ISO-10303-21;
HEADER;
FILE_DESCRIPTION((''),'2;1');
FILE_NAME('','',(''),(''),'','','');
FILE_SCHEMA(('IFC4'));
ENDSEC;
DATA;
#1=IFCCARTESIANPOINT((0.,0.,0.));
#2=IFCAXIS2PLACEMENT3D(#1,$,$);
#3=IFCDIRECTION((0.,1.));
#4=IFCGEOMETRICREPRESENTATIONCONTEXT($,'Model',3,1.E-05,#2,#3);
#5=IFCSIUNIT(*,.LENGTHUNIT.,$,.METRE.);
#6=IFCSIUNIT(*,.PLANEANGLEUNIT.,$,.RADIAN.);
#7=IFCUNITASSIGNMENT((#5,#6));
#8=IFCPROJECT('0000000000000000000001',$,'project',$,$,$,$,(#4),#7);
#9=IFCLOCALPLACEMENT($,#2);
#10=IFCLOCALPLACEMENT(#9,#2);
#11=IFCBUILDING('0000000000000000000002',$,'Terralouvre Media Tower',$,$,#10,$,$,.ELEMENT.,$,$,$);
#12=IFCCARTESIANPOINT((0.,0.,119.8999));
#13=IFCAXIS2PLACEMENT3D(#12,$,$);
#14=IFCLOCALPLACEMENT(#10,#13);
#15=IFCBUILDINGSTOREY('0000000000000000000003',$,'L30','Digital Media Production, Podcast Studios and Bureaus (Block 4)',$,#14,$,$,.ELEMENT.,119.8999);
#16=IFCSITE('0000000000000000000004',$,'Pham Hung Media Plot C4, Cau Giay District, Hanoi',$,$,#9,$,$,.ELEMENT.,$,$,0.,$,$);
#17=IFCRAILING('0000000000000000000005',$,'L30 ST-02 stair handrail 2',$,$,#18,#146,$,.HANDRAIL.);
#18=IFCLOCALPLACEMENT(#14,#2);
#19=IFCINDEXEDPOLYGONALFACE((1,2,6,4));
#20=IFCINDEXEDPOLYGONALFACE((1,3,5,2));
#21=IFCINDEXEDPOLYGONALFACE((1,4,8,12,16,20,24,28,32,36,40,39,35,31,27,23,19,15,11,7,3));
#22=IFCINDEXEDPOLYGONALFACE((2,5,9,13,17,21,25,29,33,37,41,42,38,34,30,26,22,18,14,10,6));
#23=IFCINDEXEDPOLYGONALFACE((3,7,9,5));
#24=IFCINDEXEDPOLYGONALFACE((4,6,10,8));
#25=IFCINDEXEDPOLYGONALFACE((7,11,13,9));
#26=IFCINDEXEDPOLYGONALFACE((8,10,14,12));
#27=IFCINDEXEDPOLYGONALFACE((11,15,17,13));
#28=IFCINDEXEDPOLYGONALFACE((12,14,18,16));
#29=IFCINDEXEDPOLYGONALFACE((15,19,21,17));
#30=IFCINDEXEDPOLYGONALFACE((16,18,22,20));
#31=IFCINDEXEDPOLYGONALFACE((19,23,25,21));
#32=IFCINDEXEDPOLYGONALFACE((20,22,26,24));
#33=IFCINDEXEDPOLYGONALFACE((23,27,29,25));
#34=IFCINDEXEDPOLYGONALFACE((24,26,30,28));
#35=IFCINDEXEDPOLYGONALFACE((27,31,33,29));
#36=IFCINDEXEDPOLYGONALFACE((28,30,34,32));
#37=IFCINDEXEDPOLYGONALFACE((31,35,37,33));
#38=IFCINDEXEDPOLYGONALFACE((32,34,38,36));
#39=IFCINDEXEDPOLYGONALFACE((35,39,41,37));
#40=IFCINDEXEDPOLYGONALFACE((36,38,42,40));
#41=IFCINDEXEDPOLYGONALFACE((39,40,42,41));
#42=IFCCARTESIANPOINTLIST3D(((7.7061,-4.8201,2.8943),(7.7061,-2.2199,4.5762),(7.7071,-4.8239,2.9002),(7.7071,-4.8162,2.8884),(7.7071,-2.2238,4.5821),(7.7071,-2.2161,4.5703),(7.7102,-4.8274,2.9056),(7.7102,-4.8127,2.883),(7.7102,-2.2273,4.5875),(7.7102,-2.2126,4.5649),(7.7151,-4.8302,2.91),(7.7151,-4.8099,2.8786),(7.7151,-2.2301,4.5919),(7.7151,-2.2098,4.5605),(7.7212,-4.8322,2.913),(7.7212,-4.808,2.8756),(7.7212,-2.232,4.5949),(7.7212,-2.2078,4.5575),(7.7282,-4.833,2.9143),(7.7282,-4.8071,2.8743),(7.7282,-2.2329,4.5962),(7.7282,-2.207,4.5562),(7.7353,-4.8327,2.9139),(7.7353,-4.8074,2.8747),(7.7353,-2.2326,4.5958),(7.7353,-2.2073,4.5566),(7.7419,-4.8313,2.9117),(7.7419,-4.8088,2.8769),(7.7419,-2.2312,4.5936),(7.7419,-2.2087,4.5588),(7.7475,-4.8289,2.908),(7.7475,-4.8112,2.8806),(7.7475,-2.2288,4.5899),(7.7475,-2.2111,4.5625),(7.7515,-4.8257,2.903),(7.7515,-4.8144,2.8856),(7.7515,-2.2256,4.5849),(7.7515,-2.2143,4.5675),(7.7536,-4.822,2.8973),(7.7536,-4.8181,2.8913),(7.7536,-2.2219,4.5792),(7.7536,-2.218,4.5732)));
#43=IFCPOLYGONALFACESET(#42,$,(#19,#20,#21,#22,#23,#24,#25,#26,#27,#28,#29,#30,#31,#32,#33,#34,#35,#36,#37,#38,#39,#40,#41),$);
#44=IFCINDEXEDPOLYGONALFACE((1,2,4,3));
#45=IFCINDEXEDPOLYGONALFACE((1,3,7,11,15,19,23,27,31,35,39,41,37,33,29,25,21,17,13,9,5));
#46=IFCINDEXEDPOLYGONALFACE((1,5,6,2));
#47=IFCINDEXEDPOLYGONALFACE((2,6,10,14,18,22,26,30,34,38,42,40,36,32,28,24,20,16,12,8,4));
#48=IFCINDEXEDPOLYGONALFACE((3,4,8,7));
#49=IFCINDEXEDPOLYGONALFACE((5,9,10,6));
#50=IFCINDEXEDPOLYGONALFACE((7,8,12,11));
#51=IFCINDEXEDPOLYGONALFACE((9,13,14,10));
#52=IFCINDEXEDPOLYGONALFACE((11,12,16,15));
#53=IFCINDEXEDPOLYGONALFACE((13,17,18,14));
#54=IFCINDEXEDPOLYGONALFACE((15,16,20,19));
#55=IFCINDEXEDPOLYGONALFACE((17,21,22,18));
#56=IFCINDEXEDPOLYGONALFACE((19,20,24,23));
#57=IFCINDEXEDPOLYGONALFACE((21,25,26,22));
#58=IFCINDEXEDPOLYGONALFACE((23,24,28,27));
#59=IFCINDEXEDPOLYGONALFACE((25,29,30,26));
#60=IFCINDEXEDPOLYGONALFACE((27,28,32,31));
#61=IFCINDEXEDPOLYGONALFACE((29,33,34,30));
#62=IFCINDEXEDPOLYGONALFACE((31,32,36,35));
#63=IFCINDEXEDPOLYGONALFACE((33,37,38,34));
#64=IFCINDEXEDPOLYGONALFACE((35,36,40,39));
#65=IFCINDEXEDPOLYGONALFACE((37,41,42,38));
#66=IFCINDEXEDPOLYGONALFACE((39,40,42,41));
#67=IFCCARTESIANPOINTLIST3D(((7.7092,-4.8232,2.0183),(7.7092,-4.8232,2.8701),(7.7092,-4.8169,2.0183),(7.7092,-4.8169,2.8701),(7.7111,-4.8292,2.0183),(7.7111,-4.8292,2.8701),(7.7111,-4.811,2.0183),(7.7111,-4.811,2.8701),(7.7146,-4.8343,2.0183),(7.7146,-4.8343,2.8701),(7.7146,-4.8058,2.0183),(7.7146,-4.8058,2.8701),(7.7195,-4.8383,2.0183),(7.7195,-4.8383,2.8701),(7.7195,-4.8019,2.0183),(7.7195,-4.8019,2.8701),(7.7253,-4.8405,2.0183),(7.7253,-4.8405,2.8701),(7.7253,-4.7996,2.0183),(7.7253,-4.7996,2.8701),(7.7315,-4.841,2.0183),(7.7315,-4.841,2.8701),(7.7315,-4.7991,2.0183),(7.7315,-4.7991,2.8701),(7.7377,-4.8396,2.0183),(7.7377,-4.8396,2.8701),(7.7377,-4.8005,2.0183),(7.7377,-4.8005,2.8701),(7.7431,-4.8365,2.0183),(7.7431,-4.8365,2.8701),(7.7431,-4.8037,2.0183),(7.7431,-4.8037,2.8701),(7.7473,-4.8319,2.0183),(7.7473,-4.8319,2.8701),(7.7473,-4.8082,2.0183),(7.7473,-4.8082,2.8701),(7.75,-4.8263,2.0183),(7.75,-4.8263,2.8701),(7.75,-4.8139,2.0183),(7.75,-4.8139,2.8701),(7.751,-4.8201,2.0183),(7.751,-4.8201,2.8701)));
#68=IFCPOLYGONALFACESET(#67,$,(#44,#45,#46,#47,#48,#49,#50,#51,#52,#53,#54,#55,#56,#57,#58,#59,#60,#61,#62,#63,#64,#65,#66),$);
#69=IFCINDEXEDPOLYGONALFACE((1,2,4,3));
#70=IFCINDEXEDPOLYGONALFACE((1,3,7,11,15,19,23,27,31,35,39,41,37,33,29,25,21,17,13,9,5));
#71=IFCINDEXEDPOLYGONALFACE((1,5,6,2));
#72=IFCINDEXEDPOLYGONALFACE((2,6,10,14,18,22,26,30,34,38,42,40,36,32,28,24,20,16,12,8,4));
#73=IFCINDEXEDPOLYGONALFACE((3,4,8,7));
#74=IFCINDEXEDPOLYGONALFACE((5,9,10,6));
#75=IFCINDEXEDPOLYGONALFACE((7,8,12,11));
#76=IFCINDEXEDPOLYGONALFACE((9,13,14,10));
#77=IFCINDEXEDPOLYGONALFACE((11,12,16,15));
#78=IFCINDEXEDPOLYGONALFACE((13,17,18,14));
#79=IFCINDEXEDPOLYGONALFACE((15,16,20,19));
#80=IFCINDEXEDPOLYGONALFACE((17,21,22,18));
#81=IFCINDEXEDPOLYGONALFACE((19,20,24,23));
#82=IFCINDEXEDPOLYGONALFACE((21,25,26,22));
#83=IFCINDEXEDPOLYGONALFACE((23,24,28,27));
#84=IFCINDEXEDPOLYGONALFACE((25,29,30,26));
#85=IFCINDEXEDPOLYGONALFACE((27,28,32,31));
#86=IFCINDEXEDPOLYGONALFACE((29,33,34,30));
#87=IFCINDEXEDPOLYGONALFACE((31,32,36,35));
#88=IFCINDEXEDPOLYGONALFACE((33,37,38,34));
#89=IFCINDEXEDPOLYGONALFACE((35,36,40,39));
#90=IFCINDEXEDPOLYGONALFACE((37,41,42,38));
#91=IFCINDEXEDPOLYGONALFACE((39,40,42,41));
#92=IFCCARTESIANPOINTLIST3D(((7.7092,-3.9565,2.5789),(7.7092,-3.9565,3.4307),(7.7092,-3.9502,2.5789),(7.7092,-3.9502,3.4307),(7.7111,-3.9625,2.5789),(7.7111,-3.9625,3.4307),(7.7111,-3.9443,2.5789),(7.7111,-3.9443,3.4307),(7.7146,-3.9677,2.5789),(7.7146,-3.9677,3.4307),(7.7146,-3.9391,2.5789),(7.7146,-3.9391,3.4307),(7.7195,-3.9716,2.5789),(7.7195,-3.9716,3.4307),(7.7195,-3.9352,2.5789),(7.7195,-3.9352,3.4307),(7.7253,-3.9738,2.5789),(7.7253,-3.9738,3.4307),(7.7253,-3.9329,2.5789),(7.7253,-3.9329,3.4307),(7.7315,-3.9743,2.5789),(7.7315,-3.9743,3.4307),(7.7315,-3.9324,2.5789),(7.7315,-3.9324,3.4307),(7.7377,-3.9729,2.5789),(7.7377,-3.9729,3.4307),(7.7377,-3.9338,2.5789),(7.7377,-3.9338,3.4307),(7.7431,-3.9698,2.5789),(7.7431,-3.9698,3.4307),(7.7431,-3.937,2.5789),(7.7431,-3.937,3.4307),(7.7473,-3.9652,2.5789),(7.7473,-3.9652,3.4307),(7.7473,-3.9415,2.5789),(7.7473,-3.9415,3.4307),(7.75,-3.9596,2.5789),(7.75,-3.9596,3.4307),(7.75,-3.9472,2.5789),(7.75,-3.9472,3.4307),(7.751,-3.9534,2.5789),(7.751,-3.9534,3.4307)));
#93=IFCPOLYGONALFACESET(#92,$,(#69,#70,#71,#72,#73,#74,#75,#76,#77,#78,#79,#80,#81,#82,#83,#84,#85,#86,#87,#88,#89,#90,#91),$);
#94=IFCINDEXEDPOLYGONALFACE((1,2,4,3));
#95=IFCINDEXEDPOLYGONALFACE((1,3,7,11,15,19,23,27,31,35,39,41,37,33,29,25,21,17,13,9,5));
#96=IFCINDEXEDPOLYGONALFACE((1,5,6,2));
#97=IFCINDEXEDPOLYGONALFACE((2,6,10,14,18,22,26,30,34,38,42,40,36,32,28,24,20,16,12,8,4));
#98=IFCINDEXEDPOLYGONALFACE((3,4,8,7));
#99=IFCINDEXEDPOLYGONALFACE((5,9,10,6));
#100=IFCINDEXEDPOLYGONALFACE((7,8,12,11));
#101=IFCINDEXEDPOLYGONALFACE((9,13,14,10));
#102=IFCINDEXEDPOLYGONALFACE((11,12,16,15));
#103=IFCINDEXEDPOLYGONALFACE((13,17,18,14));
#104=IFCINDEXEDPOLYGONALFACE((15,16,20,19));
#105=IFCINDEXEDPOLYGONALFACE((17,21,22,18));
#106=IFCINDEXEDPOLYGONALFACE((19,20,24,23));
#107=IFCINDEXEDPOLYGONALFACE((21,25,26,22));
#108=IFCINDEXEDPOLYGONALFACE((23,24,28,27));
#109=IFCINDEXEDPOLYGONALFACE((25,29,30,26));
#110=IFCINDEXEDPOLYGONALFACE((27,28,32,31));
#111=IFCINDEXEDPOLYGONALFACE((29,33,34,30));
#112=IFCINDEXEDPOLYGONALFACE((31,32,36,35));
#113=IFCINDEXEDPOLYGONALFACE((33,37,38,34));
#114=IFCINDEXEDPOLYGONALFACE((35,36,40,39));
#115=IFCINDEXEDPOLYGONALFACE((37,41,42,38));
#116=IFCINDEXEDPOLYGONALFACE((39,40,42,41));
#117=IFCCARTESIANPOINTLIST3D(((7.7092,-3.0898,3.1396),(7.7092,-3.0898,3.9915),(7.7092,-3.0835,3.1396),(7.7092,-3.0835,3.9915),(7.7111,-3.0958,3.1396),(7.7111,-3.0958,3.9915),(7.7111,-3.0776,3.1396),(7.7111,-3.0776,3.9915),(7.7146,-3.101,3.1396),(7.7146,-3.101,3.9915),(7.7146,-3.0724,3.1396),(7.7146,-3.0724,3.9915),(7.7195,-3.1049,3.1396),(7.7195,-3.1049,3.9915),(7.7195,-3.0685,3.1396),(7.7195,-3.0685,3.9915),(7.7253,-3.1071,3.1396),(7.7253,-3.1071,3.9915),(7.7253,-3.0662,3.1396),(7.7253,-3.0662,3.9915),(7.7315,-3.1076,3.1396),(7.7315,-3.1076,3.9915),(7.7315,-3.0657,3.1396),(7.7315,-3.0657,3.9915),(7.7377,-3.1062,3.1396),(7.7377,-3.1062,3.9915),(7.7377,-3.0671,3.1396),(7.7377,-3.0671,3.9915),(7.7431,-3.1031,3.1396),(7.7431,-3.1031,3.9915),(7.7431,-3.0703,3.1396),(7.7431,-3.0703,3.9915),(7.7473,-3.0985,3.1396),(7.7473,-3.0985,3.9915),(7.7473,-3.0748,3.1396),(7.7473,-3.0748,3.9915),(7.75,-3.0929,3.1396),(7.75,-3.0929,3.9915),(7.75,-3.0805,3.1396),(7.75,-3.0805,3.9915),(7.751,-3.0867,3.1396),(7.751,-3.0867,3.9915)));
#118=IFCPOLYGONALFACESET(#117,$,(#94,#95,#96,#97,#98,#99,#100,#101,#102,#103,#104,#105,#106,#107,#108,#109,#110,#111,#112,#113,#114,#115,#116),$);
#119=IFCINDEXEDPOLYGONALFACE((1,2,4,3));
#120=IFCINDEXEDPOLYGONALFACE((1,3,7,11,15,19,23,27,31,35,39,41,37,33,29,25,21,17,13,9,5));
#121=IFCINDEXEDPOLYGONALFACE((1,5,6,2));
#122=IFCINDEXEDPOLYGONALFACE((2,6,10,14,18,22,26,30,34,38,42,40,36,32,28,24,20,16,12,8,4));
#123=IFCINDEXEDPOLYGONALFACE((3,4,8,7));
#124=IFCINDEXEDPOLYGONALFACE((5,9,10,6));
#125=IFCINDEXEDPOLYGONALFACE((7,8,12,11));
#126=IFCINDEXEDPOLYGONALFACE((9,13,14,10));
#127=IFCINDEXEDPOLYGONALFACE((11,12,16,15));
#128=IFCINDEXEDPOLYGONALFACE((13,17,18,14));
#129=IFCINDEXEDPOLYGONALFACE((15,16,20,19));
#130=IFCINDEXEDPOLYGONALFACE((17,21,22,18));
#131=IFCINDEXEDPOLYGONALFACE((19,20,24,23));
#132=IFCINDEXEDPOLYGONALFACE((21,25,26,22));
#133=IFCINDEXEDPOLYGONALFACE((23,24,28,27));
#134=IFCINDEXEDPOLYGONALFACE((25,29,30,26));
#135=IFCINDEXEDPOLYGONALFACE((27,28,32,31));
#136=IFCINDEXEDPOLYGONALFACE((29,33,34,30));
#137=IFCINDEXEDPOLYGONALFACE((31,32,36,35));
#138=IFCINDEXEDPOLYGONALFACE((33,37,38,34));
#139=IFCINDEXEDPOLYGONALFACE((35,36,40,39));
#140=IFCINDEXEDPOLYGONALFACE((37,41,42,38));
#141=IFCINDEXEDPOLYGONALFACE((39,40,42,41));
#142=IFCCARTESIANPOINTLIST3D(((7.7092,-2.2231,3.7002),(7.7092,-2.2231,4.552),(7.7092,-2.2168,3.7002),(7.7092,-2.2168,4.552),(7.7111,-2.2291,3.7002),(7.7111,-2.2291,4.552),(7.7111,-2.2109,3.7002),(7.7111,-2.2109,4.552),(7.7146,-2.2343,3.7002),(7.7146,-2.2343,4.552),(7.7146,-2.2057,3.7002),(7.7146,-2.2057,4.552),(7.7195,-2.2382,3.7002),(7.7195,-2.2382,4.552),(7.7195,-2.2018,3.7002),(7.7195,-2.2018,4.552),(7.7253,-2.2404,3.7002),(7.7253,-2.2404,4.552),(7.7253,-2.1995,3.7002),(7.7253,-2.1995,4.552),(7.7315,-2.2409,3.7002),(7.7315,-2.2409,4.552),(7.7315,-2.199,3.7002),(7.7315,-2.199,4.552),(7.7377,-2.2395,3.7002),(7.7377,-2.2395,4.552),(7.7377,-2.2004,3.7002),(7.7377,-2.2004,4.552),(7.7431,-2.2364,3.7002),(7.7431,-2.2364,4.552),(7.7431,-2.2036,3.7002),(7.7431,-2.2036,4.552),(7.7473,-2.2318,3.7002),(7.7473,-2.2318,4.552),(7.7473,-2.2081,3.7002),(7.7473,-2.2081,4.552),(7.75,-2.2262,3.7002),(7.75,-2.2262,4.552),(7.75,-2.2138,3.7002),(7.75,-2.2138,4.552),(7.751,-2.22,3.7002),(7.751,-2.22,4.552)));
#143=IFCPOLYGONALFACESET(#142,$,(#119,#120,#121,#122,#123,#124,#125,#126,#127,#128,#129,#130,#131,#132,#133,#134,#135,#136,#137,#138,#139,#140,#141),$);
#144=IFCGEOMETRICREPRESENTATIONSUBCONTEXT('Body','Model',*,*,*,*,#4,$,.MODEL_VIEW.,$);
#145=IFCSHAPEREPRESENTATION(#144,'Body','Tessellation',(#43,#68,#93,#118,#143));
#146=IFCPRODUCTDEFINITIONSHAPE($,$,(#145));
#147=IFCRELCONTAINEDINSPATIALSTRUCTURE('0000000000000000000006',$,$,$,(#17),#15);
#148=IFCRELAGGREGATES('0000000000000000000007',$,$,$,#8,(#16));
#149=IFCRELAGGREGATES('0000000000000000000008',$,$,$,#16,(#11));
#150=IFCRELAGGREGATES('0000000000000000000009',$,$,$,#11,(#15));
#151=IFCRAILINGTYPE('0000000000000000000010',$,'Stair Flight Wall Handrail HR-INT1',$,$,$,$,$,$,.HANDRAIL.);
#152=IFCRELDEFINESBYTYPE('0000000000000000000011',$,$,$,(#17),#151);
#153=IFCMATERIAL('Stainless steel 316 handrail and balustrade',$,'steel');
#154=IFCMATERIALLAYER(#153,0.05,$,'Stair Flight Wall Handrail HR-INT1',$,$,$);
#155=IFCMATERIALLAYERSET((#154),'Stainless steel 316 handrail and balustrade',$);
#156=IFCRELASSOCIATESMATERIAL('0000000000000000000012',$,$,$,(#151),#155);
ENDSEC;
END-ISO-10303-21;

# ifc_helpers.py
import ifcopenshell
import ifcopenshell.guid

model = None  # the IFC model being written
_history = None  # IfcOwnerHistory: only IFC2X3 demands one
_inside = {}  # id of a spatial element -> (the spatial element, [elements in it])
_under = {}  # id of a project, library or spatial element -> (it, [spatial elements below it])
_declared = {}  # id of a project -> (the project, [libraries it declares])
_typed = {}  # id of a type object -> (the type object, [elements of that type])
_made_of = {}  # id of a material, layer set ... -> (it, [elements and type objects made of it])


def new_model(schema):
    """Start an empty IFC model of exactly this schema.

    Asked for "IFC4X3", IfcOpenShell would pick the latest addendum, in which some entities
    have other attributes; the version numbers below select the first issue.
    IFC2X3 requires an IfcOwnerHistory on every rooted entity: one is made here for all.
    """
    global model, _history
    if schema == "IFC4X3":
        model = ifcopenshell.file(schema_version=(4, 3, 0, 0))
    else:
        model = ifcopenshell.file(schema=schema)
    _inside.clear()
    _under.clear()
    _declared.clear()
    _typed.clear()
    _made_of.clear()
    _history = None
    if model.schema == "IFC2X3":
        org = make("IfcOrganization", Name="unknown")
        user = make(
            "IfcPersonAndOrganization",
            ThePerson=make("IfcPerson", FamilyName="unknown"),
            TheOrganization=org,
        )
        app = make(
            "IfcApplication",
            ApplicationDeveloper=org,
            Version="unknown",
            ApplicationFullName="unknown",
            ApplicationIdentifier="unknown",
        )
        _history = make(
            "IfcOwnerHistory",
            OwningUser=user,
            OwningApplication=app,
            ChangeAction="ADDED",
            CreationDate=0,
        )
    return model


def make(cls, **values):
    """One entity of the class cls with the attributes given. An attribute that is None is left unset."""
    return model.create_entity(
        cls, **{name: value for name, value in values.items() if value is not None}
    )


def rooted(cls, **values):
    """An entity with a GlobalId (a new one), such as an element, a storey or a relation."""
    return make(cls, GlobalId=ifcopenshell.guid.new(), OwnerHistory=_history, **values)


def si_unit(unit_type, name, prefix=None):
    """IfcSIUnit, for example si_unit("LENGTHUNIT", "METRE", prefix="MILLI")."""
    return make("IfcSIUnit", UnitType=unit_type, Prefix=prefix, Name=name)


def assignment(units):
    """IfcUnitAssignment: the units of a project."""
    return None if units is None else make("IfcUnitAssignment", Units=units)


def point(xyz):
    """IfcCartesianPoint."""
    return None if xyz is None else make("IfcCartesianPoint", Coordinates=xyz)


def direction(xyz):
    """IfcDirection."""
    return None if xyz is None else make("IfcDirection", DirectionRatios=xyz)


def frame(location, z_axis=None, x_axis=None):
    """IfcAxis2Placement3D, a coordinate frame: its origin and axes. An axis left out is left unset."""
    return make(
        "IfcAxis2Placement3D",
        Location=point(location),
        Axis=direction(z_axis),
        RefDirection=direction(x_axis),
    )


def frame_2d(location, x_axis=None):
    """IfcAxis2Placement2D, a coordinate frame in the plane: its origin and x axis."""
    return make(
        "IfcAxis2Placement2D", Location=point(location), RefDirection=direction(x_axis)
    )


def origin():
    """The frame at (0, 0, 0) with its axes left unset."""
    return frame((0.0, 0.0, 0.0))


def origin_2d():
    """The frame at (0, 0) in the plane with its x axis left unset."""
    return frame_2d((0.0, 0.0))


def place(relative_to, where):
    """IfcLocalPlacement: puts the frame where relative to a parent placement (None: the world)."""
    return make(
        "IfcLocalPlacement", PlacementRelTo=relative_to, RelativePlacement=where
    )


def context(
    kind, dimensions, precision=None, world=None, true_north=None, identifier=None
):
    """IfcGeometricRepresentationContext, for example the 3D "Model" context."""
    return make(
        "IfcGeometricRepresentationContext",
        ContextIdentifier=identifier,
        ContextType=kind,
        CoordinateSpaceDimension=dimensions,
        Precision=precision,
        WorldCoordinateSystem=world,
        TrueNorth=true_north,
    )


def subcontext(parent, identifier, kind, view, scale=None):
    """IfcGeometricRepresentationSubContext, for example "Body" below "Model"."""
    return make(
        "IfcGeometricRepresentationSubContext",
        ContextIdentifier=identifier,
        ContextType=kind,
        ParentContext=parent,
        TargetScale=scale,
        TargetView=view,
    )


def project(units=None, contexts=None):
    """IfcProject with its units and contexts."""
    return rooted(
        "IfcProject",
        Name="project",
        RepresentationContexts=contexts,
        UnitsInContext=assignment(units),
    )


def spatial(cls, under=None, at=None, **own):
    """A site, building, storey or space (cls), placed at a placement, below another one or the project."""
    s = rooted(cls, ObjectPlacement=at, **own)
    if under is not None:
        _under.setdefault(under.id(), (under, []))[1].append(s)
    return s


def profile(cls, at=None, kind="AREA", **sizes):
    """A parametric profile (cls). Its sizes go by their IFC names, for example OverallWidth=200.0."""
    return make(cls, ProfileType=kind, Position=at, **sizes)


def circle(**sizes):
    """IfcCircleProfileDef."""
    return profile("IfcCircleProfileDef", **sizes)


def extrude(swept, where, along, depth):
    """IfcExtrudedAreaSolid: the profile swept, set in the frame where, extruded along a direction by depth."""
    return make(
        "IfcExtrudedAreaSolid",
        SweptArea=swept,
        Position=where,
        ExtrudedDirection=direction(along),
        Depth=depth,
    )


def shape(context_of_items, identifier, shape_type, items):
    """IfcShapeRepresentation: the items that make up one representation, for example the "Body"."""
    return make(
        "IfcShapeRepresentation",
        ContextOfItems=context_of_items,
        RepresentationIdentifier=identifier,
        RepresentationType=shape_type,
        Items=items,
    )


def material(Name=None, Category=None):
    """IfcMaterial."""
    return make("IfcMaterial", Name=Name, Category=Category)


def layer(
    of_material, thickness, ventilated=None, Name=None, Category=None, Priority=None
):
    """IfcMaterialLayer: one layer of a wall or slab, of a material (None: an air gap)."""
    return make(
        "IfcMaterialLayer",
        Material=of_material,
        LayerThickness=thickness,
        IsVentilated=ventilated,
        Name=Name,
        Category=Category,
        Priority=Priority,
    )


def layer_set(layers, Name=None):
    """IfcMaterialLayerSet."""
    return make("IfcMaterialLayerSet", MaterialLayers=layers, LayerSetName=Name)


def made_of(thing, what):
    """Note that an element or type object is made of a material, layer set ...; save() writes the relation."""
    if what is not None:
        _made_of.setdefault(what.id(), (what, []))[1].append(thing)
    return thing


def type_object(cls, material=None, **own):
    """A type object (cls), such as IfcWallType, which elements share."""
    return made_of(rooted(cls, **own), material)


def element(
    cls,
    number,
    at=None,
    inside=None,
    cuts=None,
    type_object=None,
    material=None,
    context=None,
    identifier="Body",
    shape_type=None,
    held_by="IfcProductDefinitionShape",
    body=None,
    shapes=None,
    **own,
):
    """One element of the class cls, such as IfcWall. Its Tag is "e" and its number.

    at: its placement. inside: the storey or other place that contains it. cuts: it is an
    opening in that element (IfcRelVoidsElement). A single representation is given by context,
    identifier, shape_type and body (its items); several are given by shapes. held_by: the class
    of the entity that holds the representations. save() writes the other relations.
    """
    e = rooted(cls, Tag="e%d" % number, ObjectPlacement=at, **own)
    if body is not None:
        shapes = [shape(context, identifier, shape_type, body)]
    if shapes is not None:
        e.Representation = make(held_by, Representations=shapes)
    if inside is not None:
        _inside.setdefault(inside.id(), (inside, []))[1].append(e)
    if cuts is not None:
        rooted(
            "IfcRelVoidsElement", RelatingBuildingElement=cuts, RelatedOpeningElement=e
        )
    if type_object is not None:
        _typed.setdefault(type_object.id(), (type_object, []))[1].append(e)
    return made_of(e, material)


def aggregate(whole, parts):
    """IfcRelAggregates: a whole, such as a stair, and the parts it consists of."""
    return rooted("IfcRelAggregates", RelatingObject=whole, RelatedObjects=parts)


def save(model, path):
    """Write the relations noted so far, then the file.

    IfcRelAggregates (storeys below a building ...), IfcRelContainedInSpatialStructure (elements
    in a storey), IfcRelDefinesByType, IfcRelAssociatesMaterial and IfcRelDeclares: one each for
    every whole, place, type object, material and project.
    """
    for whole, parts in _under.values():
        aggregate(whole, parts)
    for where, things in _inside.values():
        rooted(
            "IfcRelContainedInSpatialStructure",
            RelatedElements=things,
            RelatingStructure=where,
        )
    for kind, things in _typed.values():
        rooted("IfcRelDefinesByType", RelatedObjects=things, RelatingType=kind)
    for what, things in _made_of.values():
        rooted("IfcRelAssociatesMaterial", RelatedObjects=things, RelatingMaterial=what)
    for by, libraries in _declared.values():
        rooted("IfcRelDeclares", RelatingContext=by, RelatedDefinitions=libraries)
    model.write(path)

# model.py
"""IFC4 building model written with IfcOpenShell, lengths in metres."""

from ifc_helpers import new_model, si_unit, direction, frame, origin, origin_2d, place, context, subcontext, project, spatial, circle, extrude, material, layer, layer_set, type_object, element, save


model = new_model("IFC4")

# Units and contexts
model_context = context("Model", 3, precision=1e-05, world=origin(), true_north=direction((0.0, 1.0)))
body_context = subcontext(model_context, "Body", "Model", "MODEL_VIEW")
ifc_project = project(units=[si_unit("LENGTHUNIT", "METRE"), si_unit("PLANEANGLEUNIT", "RADIAN")], contexts=[model_context])

# Site, building, storey
site_placement = place(None, origin())
site = spatial("IfcSite", under=ifc_project, at=site_placement, Name="Pham Hung Media Plot C4, Cau Giay District, Hanoi", CompositionType="ELEMENT", RefElevation=0.0)
building_placement = place(site_placement, origin())
building = spatial("IfcBuilding", under=site, at=building_placement, Name="Terralouvre Media Tower", CompositionType="ELEMENT")
storey_placement = place(building_placement, frame((0.0, 0.0, 119.8999)))
storey = spatial("IfcBuildingStorey", under=building, at=storey_placement, Name="L30", Description="Digital Media Production, Podcast Studios and Bureaus (Block 4)", CompositionType="ELEMENT", Elevation=119.8999)

# Railing
ifc_material_1 = material(Name="Stainless steel 316 handrail and balustrade", Category="steel")
ifc_layer_1 = layer(ifc_material_1, 0.05, Name="Stair Flight Wall Handrail HR-INT1")
ifc_layer_set_1 = layer_set([ifc_layer_1], Name="Stainless steel 316 handrail and balustrade")
railing_type_1 = type_object("IfcRailingType", Name="Stair Flight Wall Handrail HR-INT1", PredefinedType="HANDRAIL", material=ifc_layer_set_1)
railing_1_placement = place(storey_placement, frame((7.73, -4.8201, 2.0183)))
element("IfcRailing", 1, at=railing_1_placement, inside=storey, type_object=railing_type_1, Name="L30 ST-02 stair handrail 2", PredefinedType="HANDRAIL", context=body_context, shape_type="SweptSolid", body=[
    extrude(circle(Radius=0.0239, at=origin_2d()), frame((0.0, 0.0, 0.876), z_axis=(0.0, 0.839648, 0.54313), x_axis=(-1.0, 0.0, 0.0)), (0.0, 0.0, 1.0), 3.0967),
    extrude(circle(Radius=0.021, at=origin_2d()), origin(), (0.0, 0.0, 1.0), 0.8518),
    extrude(circle(Radius=0.021, at=origin_2d()), frame((0.0, 0.8667, 0.5605)), (0.0, 0.0, 1.0), 0.8518),
    extrude(circle(Radius=0.021, at=origin_2d()), frame((0.0, 1.7334, 1.1213)), (0.0, 0.0, 1.0), 0.8518),
    extrude(circle(Radius=0.021, at=origin_2d()), frame((0.0, 2.6001, 1.6819)), (0.0, 0.0, 1.0), 0.8518),
])

save(model, "model.ifc")
